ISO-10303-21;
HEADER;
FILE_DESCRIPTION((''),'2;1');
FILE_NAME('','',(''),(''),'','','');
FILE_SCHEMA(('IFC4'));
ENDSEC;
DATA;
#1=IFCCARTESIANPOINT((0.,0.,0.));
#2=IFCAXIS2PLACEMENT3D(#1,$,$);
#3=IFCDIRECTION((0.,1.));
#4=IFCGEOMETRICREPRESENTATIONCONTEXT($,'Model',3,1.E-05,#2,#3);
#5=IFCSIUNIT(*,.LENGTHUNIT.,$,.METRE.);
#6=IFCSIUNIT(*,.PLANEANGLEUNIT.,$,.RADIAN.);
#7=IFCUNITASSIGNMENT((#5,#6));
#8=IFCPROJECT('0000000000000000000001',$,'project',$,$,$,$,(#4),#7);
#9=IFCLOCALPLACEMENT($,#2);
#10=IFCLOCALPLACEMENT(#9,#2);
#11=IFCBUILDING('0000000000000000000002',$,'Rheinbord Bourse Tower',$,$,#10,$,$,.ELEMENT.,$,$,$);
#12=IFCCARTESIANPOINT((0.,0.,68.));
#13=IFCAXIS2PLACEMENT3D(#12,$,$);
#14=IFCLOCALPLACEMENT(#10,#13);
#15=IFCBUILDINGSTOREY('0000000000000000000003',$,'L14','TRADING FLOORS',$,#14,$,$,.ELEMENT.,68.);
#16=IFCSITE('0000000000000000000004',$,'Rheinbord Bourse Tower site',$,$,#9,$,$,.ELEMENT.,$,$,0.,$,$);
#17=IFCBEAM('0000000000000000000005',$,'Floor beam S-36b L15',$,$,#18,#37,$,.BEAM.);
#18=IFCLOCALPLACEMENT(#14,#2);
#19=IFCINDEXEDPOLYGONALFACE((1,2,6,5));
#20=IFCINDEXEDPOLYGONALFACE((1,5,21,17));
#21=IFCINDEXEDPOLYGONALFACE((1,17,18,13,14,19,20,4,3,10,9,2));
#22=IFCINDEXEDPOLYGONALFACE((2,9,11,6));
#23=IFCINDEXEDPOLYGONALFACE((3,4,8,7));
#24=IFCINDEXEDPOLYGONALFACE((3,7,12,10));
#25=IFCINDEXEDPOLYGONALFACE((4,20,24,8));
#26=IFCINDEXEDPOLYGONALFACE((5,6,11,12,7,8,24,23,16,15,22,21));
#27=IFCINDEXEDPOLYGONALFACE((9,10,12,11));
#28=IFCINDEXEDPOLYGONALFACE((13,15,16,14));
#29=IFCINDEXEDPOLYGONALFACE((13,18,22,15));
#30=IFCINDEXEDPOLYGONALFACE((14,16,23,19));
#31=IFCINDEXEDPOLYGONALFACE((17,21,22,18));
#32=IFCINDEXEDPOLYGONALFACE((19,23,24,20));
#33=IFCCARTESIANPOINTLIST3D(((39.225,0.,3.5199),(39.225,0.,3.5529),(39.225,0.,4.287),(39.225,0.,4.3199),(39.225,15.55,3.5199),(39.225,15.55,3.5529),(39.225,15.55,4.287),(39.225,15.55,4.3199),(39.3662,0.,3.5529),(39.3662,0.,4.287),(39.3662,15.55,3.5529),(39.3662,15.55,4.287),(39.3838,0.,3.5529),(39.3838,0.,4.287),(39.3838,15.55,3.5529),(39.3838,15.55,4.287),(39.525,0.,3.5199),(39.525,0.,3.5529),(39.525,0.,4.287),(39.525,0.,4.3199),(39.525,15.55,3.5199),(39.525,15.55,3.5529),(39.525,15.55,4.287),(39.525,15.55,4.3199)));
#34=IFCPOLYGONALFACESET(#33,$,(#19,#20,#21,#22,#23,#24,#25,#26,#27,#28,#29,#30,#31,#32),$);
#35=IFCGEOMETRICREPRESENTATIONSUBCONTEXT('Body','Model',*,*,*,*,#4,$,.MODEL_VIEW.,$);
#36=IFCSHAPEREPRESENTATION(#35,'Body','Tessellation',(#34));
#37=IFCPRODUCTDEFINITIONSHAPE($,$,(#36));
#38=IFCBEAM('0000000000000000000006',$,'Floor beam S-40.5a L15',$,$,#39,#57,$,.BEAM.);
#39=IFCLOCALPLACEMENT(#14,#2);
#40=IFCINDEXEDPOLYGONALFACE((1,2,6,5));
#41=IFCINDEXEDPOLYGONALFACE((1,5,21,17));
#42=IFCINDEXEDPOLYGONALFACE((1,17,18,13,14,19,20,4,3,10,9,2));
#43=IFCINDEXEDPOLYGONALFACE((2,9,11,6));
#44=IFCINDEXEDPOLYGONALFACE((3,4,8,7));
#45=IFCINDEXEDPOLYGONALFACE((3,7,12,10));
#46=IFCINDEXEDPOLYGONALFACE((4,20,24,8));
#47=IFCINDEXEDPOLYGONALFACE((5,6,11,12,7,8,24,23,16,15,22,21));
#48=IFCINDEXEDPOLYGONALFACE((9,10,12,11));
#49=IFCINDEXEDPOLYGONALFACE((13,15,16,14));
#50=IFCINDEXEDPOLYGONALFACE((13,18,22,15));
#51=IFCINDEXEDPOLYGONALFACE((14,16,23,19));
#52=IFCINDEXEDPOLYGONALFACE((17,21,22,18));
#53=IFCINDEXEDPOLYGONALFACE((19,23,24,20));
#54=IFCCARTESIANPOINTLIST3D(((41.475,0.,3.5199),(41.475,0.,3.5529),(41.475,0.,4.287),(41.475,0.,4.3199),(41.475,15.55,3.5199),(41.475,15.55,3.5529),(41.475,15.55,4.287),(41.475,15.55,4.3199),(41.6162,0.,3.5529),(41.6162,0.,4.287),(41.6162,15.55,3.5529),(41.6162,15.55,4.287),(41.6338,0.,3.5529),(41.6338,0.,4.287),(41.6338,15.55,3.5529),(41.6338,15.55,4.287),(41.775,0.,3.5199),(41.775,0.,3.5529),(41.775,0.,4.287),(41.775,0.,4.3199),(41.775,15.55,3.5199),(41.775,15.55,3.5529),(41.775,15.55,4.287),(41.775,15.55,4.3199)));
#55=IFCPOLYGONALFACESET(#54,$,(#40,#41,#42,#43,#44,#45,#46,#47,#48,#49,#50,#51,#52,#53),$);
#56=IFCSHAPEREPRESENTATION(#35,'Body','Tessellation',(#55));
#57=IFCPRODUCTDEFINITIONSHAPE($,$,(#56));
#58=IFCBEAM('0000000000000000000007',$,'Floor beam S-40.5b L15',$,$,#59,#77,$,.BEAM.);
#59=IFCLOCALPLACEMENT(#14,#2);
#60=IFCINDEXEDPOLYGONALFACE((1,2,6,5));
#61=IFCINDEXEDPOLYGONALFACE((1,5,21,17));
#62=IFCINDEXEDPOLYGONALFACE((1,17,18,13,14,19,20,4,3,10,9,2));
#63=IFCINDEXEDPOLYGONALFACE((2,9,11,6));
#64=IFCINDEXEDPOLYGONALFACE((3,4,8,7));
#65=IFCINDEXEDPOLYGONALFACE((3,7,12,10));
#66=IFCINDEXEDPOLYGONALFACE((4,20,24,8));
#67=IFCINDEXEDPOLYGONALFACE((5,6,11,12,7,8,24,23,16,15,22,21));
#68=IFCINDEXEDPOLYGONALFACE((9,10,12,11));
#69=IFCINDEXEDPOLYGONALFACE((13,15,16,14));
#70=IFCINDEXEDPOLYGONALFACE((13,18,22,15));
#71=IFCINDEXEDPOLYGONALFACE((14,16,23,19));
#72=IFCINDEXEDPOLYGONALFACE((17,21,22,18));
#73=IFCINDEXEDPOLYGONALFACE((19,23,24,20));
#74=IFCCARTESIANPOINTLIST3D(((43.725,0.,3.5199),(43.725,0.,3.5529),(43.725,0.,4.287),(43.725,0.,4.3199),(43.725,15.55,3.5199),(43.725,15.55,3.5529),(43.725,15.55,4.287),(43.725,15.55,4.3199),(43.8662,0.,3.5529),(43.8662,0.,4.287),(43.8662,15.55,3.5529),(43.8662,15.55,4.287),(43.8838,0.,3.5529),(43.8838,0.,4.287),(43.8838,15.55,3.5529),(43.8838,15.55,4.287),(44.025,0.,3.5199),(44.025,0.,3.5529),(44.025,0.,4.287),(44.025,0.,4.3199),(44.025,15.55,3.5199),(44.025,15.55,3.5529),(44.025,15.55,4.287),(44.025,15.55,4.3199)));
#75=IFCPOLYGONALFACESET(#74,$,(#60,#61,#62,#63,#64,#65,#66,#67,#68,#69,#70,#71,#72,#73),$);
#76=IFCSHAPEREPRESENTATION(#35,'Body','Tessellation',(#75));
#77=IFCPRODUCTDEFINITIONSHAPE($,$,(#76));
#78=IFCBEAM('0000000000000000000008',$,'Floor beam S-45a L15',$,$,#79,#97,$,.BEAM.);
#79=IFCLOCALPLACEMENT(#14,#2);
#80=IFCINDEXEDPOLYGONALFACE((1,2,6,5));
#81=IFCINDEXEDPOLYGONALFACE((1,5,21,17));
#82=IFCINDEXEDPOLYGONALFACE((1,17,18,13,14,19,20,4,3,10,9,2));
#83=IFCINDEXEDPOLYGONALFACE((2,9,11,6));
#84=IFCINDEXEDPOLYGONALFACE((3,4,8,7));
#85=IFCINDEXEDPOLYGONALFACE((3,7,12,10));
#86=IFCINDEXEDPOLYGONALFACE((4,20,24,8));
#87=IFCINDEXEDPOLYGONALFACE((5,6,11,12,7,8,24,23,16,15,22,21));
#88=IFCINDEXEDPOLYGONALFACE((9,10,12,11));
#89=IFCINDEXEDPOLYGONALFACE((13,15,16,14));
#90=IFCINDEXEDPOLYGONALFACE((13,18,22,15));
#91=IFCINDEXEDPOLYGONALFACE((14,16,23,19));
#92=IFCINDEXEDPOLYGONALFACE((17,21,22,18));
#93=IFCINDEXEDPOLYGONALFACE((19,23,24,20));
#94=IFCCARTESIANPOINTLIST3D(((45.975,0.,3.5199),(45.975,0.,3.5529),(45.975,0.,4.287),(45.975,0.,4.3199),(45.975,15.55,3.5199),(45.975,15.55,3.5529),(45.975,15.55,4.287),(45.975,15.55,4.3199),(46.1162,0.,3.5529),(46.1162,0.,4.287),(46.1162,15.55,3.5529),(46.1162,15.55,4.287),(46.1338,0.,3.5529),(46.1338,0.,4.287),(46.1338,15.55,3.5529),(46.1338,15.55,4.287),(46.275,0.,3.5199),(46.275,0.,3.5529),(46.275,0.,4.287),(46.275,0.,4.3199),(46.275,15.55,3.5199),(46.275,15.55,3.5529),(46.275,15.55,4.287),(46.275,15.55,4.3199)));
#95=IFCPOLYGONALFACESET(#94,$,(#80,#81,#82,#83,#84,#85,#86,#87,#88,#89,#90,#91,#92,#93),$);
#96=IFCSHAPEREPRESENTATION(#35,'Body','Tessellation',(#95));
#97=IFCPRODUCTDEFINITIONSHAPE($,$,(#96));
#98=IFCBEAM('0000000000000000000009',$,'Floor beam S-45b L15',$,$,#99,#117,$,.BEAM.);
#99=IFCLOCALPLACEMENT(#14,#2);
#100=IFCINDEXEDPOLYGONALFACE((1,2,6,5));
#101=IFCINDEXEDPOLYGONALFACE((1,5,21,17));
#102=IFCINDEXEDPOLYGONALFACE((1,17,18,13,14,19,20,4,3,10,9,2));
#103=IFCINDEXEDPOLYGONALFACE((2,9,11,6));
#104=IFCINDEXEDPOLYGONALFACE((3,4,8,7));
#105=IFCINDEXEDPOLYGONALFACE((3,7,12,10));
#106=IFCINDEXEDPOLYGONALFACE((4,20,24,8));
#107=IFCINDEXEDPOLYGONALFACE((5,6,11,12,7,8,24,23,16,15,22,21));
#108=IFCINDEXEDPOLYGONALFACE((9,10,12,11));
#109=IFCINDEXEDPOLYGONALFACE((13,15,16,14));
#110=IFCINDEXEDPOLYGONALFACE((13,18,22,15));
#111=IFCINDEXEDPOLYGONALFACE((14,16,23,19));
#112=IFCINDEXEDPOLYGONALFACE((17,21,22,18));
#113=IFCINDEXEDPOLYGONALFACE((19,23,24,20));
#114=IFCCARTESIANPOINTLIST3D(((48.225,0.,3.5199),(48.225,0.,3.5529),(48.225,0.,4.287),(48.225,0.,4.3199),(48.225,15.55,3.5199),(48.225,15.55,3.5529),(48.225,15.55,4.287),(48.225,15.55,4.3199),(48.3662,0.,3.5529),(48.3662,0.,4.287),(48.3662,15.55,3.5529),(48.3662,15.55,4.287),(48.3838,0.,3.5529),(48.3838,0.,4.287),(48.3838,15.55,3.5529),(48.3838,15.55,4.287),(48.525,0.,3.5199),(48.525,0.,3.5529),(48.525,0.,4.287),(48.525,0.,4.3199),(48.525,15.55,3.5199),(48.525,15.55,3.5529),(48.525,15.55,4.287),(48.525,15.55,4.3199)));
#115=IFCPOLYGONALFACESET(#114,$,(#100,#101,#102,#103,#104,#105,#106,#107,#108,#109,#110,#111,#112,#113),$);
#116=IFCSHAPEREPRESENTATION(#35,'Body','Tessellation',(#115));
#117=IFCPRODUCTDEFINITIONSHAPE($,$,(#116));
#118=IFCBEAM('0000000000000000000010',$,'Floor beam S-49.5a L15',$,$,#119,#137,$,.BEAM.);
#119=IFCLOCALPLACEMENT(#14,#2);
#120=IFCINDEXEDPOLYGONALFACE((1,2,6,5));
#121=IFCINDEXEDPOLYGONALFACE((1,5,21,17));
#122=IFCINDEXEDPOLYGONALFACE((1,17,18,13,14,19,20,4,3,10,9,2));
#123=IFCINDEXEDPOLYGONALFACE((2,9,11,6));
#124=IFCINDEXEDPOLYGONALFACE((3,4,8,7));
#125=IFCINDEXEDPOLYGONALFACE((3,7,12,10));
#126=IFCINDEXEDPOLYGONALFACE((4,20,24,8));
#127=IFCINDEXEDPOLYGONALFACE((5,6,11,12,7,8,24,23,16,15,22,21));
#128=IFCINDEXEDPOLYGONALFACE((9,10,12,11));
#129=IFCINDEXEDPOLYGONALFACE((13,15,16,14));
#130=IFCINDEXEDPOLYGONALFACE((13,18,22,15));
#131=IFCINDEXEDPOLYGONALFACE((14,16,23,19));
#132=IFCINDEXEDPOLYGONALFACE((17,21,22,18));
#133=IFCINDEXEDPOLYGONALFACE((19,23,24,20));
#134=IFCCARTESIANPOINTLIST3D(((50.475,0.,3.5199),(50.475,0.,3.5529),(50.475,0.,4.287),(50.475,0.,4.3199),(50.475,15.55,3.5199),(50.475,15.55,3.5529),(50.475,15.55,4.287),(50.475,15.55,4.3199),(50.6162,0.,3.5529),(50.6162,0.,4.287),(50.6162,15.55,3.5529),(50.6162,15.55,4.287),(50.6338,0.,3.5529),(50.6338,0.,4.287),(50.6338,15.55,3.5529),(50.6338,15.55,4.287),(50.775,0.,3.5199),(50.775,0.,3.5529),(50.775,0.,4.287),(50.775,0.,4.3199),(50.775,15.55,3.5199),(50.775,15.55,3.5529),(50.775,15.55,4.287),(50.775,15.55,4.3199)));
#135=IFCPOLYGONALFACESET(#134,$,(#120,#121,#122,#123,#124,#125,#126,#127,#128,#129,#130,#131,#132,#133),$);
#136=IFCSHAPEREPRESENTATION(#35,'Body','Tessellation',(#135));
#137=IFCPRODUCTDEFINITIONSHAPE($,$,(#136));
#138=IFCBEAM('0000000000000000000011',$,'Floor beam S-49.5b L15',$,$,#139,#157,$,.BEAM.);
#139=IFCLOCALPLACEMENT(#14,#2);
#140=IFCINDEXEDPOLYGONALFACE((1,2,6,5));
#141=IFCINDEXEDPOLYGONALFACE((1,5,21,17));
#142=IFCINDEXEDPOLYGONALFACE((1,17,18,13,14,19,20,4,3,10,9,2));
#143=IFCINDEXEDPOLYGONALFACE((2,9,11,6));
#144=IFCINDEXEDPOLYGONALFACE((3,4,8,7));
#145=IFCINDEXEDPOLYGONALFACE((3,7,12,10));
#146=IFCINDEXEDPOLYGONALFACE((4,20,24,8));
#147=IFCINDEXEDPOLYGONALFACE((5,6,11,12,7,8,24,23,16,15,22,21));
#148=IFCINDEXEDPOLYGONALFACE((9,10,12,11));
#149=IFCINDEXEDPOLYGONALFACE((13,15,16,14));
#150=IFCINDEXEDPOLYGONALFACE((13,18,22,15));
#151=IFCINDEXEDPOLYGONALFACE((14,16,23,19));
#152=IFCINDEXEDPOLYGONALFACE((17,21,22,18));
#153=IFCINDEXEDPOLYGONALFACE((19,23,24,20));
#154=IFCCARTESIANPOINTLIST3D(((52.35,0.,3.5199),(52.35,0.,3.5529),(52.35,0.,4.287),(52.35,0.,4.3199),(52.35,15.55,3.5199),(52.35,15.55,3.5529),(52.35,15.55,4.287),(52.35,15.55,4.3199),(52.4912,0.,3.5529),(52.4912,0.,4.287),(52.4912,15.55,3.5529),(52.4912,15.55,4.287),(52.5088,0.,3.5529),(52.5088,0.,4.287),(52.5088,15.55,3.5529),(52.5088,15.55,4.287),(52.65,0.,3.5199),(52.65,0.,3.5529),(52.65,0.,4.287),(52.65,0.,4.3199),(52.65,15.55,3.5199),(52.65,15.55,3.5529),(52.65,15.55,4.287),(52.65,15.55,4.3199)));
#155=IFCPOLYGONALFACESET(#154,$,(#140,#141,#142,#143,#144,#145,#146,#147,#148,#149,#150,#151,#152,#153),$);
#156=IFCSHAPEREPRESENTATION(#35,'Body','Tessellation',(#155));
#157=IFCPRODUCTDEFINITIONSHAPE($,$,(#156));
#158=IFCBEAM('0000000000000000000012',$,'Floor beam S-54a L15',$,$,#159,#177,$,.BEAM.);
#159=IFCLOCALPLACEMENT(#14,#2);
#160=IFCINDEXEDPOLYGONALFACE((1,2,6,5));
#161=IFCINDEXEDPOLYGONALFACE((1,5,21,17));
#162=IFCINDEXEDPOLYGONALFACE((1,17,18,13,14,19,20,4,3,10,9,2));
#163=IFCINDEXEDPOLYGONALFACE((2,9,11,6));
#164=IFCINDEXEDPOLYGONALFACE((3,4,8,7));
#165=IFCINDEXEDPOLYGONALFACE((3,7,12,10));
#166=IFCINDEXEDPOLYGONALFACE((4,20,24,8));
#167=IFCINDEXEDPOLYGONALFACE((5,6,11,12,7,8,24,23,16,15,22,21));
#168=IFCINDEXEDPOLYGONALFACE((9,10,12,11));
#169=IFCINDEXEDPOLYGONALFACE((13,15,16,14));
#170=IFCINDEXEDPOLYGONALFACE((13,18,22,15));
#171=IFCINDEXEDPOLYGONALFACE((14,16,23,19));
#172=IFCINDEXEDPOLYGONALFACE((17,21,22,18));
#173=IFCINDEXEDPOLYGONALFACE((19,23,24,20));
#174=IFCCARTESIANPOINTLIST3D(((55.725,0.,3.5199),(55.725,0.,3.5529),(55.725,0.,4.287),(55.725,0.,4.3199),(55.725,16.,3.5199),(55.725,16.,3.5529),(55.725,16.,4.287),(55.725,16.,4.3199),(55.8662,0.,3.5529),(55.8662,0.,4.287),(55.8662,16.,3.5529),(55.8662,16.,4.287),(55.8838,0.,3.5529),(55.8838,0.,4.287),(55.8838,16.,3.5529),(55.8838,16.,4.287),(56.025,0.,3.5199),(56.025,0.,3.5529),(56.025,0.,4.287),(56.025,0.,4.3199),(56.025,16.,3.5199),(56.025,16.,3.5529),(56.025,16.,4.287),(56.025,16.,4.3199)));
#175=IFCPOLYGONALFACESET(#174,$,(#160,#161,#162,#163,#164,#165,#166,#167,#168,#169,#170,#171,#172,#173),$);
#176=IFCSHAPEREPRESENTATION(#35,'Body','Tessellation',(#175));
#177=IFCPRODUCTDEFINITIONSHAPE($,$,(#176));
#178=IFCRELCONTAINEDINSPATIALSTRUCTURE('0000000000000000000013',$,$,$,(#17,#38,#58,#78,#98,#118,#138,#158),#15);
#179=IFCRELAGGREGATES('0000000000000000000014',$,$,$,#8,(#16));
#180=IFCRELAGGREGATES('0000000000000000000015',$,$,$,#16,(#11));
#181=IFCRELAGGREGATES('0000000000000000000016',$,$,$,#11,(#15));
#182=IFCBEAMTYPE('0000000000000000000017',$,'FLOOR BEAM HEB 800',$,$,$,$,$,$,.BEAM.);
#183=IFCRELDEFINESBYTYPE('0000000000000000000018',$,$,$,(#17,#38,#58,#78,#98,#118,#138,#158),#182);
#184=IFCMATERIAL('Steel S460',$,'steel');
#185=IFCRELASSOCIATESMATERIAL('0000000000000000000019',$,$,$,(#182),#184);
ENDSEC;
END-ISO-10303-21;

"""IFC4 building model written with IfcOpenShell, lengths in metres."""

from ifc_helpers import new_model, si_unit, direction, frame, origin, origin_2d, place, context, subcontext, project, spatial, i_section, extrude, material, material_profile, profile_set, type_object, element, save


model = new_model("IFC4")

# Units and contexts
model_context = context("Model", 3, precision=1e-05, world=origin(), true_north=direction((0.0, 1.0)))
body_context = subcontext(model_context, "Body", "Model", "MODEL_VIEW")
ifc_project = project(units=[si_unit("LENGTHUNIT", "METRE"), si_unit("PLANEANGLEUNIT", "RADIAN")], contexts=[model_context])

# Site, building, storey
site_placement = place(None, origin())
site = spatial("IfcSite", under=ifc_project, at=site_placement, Name="Rheinbord Bourse Tower site", CompositionType="ELEMENT", RefElevation=0.0)
building_placement = place(site_placement, origin())
building = spatial("IfcBuilding", under=site, at=building_placement, Name="Rheinbord Bourse Tower", CompositionType="ELEMENT")
storey_placement = place(building_placement, frame((0.0, 0.0, 68.0)))
storey = spatial("IfcBuildingStorey", under=building, at=storey_placement, Name="L14", Description="TRADING FLOORS", CompositionType="ELEMENT", Elevation=68.0)

# Beams
ifc_material_1 = material(Name="Steel S460", Category="steel")
ifc_material_profile_1 = material_profile(ifc_material_1, i_section(OverallWidth=0.3, OverallDepth=0.8, WebThickness=0.0176, FlangeThickness=0.033, at=origin_2d()), Name="HEB 800")
ifc_profile_set_1 = profile_set([ifc_material_profile_1], Name="Steel S460")
beam_type_1 = type_object("IfcBeamType", Name="FLOOR BEAM HEB 800", PredefinedType="BEAM", material=ifc_profile_set_1)
for number, where, z_axis, x_axis, name in (
    (1, (39.375, 0.0, 3.9199), (0.0, 1.0, 0.0), (-1.0, 0.0, 0.0), "Floor beam S-36b L15"),
    (2, (41.625, 0.0, 3.9199), (0.0, 1.0, 0.0), (-1.0, 0.0, 0.0), "Floor beam S-40.5a L15"),
    (3, (43.875, 0.0, 3.9199), (0.0, 1.0, 0.0), (-1.0, 0.0, 0.0), "Floor beam S-40.5b L15"),
    (4, (46.125, 0.0, 3.9199), (0.0, 1.0, 0.0), (-1.0, 0.0, 0.0), "Floor beam S-45a L15"),
    (5, (48.375, 0.0, 3.9199), (0.0, 1.0, 0.0), (-1.0, 0.0, 0.0), "Floor beam S-45b L15"),
    (6, (50.625, 0.0, 3.9199), (0.0, 1.0, 0.0), (-1.0, 0.0, 0.0), "Floor beam S-49.5a L15"),
    (7, (52.5, 0.0, 3.9199), (0.0, 1.0, 0.0), (-1.0, 0.0, 0.0), "Floor beam S-49.5b L15"),
):
    element("IfcBeam", number, at=place(storey_placement, frame(where, z_axis=z_axis, x_axis=x_axis)), inside=storey, type_object=beam_type_1, Name=name, PredefinedType="BEAM", context=body_context, shape_type="SweptSolid", body=[
        extrude(i_section(OverallWidth=0.3, OverallDepth=0.8, WebThickness=0.0176, FlangeThickness=0.033, at=origin_2d()), origin(), (0.0, 0.0, 1.0), 15.55),
    ])
beam_placement = place(storey_placement, frame((55.875, 0.0, 3.9199), z_axis=(0.0, 1.0, 0.0), x_axis=(-1.0, 0.0, 0.0)))
element("IfcBeam", 8, at=beam_placement, inside=storey, type_object=beam_type_1, Name="Floor beam S-54a L15", PredefinedType="BEAM", context=body_context, shape_type="SweptSolid", body=[
    extrude(i_section(OverallWidth=0.3, OverallDepth=0.8, WebThickness=0.0176, FlangeThickness=0.033, at=origin_2d()), origin(), (0.0, 0.0, 1.0), 16.0),
])

save(model, "model.ifc")
